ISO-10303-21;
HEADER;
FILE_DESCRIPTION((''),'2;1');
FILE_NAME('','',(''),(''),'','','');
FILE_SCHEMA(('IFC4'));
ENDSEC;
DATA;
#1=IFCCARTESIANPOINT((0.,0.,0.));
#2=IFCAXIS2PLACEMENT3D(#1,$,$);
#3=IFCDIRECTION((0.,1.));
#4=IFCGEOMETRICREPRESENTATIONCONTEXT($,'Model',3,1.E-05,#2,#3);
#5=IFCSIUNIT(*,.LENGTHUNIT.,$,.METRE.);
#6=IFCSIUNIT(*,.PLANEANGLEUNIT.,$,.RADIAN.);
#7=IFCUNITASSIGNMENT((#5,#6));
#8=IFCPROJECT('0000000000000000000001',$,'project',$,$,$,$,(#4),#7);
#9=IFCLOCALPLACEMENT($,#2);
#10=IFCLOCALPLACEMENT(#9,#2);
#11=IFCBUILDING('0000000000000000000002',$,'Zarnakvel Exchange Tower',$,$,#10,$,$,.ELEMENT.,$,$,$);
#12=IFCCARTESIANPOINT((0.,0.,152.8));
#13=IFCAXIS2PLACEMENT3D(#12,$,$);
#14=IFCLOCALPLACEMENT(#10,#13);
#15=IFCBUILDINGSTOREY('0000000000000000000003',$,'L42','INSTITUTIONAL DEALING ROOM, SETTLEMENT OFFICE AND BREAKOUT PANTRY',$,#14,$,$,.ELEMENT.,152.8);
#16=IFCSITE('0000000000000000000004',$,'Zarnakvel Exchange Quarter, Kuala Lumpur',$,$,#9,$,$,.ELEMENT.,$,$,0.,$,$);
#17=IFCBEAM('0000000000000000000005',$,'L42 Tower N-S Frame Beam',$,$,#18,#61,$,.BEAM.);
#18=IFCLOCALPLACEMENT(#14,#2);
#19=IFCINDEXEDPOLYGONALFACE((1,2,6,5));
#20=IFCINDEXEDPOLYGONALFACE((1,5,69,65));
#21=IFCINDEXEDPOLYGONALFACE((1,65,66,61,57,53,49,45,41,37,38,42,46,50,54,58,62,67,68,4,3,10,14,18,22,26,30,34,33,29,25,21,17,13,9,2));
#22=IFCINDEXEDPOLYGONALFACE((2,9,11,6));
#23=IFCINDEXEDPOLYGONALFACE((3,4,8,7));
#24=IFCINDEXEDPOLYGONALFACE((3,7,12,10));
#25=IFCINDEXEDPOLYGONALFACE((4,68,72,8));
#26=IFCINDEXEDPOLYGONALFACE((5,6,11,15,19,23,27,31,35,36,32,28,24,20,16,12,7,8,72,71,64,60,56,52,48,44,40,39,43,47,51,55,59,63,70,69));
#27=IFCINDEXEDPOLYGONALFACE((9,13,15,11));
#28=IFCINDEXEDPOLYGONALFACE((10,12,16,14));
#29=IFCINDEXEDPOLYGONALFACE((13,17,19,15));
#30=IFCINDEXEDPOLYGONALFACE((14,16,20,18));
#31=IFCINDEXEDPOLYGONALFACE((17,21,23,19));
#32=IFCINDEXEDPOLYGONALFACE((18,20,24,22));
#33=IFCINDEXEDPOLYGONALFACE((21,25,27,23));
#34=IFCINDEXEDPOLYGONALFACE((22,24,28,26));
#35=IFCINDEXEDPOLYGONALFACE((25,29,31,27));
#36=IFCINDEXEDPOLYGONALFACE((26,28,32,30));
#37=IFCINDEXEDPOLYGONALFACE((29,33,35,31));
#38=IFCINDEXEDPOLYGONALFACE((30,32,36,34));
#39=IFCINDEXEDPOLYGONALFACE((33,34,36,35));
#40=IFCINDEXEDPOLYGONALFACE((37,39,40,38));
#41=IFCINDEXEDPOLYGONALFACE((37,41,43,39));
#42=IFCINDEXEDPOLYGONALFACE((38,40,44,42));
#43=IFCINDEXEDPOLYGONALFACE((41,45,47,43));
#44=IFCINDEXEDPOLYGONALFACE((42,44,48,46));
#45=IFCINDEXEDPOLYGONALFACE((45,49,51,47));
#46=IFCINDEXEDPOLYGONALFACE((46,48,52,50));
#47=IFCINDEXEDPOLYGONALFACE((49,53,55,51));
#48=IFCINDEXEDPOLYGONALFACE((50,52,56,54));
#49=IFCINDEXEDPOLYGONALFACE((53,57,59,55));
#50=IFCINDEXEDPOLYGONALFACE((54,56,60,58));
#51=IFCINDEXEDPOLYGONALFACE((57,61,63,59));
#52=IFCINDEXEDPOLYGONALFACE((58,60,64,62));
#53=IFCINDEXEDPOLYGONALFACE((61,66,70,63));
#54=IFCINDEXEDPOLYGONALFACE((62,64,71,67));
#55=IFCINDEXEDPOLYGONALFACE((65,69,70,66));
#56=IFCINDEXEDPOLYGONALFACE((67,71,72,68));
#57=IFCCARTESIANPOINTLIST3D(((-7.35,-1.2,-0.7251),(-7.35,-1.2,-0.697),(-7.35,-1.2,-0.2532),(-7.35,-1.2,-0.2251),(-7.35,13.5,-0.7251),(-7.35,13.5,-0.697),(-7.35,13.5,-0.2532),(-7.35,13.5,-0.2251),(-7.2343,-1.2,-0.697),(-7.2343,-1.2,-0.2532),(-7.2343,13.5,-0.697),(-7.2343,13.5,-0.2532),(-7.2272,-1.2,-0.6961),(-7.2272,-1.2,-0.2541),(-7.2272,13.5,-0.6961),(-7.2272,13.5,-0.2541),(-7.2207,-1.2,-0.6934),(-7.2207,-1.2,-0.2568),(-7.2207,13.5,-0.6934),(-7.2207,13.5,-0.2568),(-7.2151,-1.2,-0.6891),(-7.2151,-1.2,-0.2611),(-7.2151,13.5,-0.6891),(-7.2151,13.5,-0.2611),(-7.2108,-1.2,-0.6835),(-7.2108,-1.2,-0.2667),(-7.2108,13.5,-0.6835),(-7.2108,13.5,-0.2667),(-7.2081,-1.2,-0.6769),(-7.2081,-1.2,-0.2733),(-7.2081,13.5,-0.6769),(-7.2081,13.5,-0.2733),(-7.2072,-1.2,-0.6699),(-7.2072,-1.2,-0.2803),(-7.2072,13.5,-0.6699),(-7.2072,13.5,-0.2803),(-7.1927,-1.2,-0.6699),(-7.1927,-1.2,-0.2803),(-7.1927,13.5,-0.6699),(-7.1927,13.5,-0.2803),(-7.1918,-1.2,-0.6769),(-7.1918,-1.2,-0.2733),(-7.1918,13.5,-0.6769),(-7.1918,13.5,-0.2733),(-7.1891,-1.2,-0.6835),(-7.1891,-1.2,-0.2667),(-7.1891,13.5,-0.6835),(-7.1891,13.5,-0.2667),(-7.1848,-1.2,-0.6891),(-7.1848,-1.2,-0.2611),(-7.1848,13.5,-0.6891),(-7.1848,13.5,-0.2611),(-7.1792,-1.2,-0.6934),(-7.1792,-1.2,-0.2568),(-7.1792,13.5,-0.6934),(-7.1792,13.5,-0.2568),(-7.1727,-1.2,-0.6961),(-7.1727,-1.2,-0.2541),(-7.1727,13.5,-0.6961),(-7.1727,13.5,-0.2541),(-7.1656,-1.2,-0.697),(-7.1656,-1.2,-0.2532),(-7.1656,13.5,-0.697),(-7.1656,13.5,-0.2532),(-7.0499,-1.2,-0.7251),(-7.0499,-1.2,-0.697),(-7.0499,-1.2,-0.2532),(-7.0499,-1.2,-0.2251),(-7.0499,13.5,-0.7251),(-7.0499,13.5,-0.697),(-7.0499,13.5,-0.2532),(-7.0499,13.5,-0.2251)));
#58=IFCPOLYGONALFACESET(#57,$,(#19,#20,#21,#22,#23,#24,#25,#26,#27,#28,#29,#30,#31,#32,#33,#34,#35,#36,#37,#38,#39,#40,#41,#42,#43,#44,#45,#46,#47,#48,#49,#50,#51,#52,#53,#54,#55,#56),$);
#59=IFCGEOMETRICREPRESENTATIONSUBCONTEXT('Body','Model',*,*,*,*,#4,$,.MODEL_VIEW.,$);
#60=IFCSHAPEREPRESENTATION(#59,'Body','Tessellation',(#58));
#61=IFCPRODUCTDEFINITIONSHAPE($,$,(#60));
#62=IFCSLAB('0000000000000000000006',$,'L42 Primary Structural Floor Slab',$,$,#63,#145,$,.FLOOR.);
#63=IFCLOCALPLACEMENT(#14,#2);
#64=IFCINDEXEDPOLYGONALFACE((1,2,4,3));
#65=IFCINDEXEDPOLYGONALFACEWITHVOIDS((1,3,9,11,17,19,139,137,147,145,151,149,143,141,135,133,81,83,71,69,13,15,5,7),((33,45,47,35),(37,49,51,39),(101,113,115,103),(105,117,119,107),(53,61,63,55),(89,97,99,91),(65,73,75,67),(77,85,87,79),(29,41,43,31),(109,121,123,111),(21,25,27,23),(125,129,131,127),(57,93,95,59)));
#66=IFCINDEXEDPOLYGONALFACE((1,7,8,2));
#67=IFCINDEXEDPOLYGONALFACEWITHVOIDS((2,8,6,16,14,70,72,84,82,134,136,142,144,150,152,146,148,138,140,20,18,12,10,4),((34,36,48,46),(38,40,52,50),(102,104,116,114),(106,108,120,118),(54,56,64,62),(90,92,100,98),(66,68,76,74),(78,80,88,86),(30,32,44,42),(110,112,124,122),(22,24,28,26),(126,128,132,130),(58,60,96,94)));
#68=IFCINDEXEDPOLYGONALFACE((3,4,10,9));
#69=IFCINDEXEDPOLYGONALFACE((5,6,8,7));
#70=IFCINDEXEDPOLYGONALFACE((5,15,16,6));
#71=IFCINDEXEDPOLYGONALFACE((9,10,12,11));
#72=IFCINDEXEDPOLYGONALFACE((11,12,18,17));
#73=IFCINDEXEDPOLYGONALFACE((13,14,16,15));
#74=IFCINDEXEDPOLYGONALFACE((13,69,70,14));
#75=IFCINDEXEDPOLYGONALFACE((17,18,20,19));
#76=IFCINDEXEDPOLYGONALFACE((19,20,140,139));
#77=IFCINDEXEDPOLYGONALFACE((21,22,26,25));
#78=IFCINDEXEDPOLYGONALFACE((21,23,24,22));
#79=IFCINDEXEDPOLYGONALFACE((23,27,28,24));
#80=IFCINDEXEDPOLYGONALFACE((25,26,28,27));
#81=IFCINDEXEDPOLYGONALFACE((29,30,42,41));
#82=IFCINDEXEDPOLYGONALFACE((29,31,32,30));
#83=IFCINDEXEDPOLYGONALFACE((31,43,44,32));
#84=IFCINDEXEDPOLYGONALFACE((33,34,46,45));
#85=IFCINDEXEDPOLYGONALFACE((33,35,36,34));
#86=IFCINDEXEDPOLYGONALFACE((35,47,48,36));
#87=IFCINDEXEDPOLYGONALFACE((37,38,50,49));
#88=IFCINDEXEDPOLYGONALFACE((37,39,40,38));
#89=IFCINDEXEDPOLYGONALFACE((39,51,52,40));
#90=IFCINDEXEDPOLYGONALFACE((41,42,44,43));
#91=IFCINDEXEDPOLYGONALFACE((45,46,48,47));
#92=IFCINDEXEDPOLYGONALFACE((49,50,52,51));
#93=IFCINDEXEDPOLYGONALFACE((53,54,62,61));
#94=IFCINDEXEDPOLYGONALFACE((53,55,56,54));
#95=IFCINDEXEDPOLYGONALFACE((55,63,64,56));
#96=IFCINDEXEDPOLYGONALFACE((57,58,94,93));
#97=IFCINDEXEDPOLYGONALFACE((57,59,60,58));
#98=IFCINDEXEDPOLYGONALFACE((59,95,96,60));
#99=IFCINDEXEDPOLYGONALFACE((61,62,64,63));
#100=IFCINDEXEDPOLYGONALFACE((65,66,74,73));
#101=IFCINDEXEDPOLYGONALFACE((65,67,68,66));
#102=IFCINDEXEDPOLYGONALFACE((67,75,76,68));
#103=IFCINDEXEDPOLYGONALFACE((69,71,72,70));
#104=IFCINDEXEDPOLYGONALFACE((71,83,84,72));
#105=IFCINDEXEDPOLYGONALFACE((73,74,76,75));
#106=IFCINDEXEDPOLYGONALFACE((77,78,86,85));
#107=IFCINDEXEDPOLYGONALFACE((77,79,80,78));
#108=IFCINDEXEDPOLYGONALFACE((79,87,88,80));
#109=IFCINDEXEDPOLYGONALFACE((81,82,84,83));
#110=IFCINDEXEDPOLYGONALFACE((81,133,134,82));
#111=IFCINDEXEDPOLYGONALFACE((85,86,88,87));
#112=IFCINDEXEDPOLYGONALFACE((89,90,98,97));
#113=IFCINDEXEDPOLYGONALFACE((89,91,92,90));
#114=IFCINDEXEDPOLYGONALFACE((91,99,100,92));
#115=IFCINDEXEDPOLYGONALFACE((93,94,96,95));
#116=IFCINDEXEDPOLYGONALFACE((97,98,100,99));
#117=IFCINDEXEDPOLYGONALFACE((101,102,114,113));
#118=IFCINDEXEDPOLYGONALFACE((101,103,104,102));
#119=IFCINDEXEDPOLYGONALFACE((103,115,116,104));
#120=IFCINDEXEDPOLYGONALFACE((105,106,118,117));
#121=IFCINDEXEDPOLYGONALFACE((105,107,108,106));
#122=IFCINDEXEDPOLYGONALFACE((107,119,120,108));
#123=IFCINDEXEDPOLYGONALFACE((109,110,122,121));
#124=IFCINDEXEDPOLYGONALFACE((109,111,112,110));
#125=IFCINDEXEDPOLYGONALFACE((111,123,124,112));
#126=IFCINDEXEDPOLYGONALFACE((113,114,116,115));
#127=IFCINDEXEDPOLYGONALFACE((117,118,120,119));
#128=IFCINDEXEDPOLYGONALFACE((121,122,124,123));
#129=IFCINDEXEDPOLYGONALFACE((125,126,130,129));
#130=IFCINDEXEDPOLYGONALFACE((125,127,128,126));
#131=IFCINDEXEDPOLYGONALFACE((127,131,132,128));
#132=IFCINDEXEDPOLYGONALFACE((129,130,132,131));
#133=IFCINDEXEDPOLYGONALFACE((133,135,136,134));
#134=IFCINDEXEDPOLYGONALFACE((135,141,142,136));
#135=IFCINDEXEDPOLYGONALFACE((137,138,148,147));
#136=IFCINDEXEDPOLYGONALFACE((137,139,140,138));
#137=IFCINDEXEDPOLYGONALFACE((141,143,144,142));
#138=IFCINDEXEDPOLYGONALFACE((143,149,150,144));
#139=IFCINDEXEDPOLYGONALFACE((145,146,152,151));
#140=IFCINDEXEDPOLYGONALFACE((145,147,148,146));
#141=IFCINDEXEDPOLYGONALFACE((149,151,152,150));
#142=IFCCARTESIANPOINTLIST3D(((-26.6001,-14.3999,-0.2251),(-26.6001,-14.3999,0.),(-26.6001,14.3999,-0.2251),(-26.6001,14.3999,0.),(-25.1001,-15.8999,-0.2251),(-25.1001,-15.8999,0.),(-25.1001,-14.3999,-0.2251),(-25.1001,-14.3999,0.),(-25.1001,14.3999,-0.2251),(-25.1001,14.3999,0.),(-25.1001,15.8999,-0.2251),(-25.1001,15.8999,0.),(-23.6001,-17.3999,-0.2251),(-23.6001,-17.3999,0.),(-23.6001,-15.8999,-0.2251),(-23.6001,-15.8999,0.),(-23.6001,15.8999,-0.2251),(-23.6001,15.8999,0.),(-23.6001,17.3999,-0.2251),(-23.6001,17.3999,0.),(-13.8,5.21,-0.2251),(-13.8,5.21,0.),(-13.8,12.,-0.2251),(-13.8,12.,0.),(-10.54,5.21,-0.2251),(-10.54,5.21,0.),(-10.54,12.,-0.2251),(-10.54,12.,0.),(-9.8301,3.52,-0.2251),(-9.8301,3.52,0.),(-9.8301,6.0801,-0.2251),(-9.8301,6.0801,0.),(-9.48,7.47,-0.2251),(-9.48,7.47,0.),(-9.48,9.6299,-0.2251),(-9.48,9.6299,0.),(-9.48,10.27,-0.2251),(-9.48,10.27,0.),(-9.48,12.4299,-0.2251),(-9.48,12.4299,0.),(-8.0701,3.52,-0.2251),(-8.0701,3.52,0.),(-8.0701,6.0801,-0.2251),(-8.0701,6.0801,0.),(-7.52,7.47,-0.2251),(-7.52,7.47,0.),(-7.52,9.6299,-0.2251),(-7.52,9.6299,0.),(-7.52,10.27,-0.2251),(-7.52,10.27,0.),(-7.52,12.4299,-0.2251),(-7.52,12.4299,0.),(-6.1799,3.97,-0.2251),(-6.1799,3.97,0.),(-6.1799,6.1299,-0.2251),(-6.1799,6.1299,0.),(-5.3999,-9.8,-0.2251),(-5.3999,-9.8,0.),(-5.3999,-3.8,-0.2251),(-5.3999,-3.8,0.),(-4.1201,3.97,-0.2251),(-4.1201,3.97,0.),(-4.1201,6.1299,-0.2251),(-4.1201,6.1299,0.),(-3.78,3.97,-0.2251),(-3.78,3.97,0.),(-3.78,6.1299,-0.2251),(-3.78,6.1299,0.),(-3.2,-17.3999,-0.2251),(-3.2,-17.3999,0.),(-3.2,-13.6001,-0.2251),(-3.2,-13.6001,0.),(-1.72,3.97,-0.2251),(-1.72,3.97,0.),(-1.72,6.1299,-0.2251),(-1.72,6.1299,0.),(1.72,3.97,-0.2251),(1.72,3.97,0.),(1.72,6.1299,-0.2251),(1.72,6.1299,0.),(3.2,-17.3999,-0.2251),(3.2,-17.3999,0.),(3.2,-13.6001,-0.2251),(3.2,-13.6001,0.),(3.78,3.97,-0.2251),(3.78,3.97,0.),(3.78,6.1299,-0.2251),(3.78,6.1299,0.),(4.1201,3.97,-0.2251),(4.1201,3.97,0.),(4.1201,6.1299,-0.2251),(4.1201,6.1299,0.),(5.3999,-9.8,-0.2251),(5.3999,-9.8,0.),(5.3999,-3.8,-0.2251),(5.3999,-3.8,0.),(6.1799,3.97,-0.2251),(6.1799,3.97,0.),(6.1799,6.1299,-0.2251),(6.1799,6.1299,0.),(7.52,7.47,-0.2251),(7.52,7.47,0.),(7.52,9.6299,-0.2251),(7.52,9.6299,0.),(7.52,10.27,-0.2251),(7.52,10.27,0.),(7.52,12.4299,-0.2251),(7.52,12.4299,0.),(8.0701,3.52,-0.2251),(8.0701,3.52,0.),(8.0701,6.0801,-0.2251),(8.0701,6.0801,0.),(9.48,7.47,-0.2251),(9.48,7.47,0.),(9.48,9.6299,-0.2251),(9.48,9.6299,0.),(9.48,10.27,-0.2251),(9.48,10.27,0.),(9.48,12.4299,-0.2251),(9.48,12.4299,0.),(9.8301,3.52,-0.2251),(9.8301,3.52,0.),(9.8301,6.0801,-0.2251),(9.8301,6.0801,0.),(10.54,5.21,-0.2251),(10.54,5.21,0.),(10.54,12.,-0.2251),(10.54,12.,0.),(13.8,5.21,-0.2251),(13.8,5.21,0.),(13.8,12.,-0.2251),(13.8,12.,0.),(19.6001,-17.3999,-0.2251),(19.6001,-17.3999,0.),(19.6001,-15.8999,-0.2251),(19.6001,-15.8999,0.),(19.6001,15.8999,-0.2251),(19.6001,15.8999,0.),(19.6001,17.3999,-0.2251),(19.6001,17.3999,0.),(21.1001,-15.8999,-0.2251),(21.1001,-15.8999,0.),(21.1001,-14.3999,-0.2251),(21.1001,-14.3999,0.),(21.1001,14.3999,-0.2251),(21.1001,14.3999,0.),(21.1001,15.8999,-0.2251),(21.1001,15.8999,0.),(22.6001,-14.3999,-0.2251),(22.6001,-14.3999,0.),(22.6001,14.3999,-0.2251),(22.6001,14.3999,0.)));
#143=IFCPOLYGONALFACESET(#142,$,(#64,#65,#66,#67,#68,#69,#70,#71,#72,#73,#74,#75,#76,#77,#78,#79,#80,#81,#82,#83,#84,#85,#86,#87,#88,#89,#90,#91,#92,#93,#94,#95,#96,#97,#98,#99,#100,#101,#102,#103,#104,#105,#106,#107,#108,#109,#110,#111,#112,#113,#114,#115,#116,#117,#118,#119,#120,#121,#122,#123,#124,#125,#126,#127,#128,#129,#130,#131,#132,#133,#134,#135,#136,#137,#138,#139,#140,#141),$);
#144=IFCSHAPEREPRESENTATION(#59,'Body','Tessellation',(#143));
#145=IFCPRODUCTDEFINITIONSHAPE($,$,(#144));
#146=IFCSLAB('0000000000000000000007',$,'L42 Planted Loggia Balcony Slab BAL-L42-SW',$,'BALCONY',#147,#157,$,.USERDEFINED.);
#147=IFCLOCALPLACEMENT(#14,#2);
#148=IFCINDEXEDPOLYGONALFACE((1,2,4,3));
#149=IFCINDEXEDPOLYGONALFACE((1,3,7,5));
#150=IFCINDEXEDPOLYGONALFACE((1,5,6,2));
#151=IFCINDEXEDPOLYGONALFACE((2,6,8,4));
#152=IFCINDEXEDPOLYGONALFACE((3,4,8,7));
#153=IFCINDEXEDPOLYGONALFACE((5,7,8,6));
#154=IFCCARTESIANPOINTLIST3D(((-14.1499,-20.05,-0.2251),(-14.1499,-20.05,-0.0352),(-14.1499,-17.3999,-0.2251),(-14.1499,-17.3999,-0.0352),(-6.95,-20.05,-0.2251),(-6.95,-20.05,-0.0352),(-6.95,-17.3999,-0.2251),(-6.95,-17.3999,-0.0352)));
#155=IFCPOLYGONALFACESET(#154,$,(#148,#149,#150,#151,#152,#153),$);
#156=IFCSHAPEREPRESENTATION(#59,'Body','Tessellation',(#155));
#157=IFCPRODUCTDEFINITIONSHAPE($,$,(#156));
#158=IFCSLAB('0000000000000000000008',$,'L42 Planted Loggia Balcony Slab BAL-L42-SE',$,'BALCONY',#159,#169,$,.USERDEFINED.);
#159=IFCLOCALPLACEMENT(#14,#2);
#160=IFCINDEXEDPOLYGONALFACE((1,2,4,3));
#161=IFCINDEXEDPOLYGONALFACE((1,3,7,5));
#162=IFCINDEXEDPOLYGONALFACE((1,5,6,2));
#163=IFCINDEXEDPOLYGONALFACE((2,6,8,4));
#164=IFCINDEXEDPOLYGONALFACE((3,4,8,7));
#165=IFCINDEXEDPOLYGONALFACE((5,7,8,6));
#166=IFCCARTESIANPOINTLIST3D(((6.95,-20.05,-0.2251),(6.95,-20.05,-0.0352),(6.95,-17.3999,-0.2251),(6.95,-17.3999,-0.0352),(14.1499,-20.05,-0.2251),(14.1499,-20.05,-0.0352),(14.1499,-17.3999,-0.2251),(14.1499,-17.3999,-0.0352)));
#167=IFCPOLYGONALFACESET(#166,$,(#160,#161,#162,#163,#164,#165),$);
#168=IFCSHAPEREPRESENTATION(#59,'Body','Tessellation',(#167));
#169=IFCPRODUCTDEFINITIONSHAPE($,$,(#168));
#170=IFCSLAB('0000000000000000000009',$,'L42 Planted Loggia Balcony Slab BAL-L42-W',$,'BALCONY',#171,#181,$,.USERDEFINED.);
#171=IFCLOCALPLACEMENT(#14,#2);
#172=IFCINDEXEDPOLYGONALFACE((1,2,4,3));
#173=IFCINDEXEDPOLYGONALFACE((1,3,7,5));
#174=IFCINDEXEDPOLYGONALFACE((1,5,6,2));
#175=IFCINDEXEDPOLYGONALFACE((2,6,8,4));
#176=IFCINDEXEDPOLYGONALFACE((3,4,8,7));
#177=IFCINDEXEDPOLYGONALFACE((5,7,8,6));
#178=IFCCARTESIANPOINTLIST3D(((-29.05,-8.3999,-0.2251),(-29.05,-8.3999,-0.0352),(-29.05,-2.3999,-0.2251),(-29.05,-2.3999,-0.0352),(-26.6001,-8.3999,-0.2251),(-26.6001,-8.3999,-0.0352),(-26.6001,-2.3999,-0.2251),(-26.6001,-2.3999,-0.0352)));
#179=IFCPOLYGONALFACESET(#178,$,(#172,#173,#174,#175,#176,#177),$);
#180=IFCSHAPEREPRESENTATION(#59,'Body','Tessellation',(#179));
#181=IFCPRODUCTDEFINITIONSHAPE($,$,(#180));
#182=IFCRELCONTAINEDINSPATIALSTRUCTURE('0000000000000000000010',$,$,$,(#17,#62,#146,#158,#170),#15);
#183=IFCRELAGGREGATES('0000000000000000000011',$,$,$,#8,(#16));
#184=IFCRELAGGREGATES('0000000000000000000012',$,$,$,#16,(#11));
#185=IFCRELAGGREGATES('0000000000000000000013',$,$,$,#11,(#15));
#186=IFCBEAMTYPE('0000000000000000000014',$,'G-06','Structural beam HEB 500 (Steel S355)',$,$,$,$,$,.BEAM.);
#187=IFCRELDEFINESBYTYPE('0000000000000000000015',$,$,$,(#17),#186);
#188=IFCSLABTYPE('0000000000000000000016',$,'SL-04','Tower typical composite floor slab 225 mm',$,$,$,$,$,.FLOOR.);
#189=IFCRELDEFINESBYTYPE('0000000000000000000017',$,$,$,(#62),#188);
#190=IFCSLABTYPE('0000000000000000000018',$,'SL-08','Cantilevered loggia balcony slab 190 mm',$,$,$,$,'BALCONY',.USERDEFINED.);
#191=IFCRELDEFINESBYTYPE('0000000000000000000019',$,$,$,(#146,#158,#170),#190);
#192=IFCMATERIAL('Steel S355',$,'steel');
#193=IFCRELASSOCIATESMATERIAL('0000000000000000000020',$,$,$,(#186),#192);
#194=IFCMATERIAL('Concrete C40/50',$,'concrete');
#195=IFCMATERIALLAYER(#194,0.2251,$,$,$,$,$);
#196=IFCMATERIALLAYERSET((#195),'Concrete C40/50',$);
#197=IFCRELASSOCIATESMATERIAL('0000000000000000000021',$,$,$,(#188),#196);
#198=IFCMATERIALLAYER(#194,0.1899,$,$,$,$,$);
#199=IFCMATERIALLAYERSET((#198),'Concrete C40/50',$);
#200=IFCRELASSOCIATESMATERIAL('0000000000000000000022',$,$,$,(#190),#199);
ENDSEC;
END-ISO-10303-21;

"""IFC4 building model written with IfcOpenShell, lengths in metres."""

from ifc_helpers import new_model, si_unit, direction, frame, origin, origin_2d, place, context, subcontext, project, spatial, polyline, i_section, outline, extrude, material, layer, layer_set, material_profile, profile_set, type_object, element, save


model = new_model("IFC4")

# Units and contexts
model_context = context("Model", 3, precision=1e-05, world=origin(), true_north=direction((0.0, 1.0)))
body_context = subcontext(model_context, "Body", "Model", "MODEL_VIEW")
ifc_project = project(units=[si_unit("LENGTHUNIT", "METRE"), si_unit("PLANEANGLEUNIT", "RADIAN")], contexts=[model_context])

# Site, building, storey
site_placement = place(None, origin())
site = spatial("IfcSite", under=ifc_project, at=site_placement, Name="Zarnakvel Exchange Quarter, Kuala Lumpur", CompositionType="ELEMENT", RefElevation=0.0)
building_placement = place(site_placement, origin())
building = spatial("IfcBuilding", under=site, at=building_placement, Name="Zarnakvel Exchange Tower", CompositionType="ELEMENT")
storey_placement = place(building_placement, frame((0.0, 0.0, 152.8)))
storey = spatial("IfcBuildingStorey", under=building, at=storey_placement, Name="L42", Description="INSTITUTIONAL DEALING ROOM, SETTLEMENT OFFICE AND BREAKOUT PANTRY", CompositionType="ELEMENT", Elevation=152.8)

# Beam
ifc_material_1 = material(Name="Steel S355", Category="steel")
ifc_material_profile_1 = material_profile(ifc_material_1, i_section(OverallWidth=0.3, OverallDepth=0.5, WebThickness=0.0144, FlangeThickness=0.0281, FilletRadius=0.0271, at=origin_2d()))
ifc_profile_set_1 = profile_set([ifc_material_profile_1], Name="Steel S355")
beam_type_1 = type_object("IfcBeamType", Name="G-06", Description="Structural beam HEB 500 (Steel S355)", PredefinedType="BEAM", material=ifc_profile_set_1)
beam_1_placement = place(storey_placement, frame((-7.2, -1.2, -0.4751), z_axis=(0.0, 1.0, 0.0), x_axis=(-1.0, 0.0, 0.0)))
element("IfcBeam", 1, at=beam_1_placement, inside=storey, type_object=beam_type_1, Name="L42 Tower N-S Frame Beam", PredefinedType="BEAM", context=body_context, shape_type="SweptSolid", body=[
    extrude(i_section(OverallWidth=0.3, OverallDepth=0.5, WebThickness=0.0144, FlangeThickness=0.0281, FilletRadius=0.0271, at=origin_2d()), origin(), (0.0, 0.0, 1.0), 14.7),
])

# Slabs
ifc_material_2 = material(Name="Concrete C40/50", Category="concrete")
ifc_layer_1 = layer(ifc_material_2, 0.2251)
ifc_layer_set_1 = layer_set([ifc_layer_1], Name="Concrete C40/50")
slab_type_1 = type_object("IfcSlabType", Name="SL-04", Description="Tower typical composite floor slab 225 mm", PredefinedType="FLOOR", material=ifc_layer_set_1)
slab_1_placement = place(storey_placement, frame((0.0, 0.0, -0.2251)))
element("IfcSlab", 2, at=slab_1_placement, inside=storey, type_object=slab_type_1, Name="L42 Primary Structural Floor Slab", PredefinedType="FLOOR", context=body_context, shape_type="SweptSolid", body=[
    extrude(outline(polyline([(-26.6001, -14.3999), (-25.1001, -14.3999), (-25.1001, -15.8999), (-23.6001, -15.8999), (-23.6001, -17.3999), (-3.2, -17.3999), (-3.2, -13.6001), (3.2, -13.6001), (3.2, -17.3999), (19.6001, -17.3999), (19.6001, -15.8999), (21.1001, -15.8999), (21.1001, -14.3999), (22.6001, -14.3999), (22.6001, 14.3999), (21.1001, 14.3999), (21.1001, 15.8999), (19.6001, 15.8999), (19.6001, 17.3999), (-23.6001, 17.3999), (-23.6001, 15.8999), (-25.1001, 15.8999), (-25.1001, 14.3999), (-26.6001, 14.3999), (-26.6001, -14.3999)]), holes=[polyline([(-5.3999, -9.8), (5.3999, -9.8), (5.3999, -3.8), (-5.3999, -3.8), (-5.3999, -9.8)]), polyline([(-13.8, 5.21), (-10.54, 5.21), (-10.54, 12.0), (-13.8, 12.0), (-13.8, 5.21)]), polyline([(10.54, 5.21), (13.8, 5.21), (13.8, 12.0), (10.54, 12.0), (10.54, 5.21)]), polyline([(-9.8301, 3.52), (-8.0701, 3.52), (-8.0701, 6.0801), (-9.8301, 6.0801), (-9.8301, 3.52)]), polyline([(8.0701, 3.52), (9.8301, 3.52), (9.8301, 6.0801), (8.0701, 6.0801), (8.0701, 3.52)]), polyline([(-6.1799, 3.97), (-4.1201, 3.97), (-4.1201, 6.1299), (-6.1799, 6.1299), (-6.1799, 3.97)]), polyline([(-3.78, 3.97), (-1.72, 3.97), (-1.72, 6.1299), (-3.78, 6.1299), (-3.78, 3.97)]), polyline([(1.72, 3.97), (3.78, 3.97), (3.78, 6.1299), (1.72, 6.1299), (1.72, 3.97)]), polyline([(4.1201, 3.97), (6.1799, 3.97), (6.1799, 6.1299), (4.1201, 6.1299), (4.1201, 3.97)]), polyline([(-9.48, 7.47), (-7.52, 7.47), (-7.52, 9.6299), (-9.48, 9.6299), (-9.48, 7.47)]), polyline([(-9.48, 10.27), (-7.52, 10.27), (-7.52, 12.4299), (-9.48, 12.4299), (-9.48, 10.27)]), polyline([(7.52, 7.47), (9.48, 7.47), (9.48, 9.6299), (7.52, 9.6299), (7.52, 7.47)]), polyline([(7.52, 10.27), (9.48, 10.27), (9.48, 12.4299), (7.52, 12.4299), (7.52, 10.27)])]), origin(), (0.0, 0.0, 1.0), 0.2251),
])
ifc_layer_2 = layer(ifc_material_2, 0.1899)
ifc_layer_set_2 = layer_set([ifc_layer_2], Name="Concrete C40/50")
slab_type_2 = type_object("IfcSlabType", Name="SL-08", Description="Cantilevered loggia balcony slab 190 mm", ElementType="BALCONY", PredefinedType="USERDEFINED", material=ifc_layer_set_2)
slab_2_placement = place(storey_placement, frame((0.0, 0.0, -0.2251)))
element("IfcSlab", 3, at=slab_2_placement, inside=storey, type_object=slab_type_2, Name="L42 Planted Loggia Balcony Slab BAL-L42-SW", ObjectType="BALCONY", PredefinedType="USERDEFINED", context=body_context, shape_type="SweptSolid", body=[
    extrude(outline(polyline([(-14.1499, -20.05), (-6.95, -20.05), (-6.95, -17.3999), (-14.1499, -17.3999), (-14.1499, -20.05)])), origin(), (0.0, 0.0, 1.0), 0.1899),
])
slab_3_placement = place(storey_placement, frame((0.0, 0.0, -0.2251)))
element("IfcSlab", 4, at=slab_3_placement, inside=storey, type_object=slab_type_2, Name="L42 Planted Loggia Balcony Slab BAL-L42-SE", ObjectType="BALCONY", PredefinedType="USERDEFINED", context=body_context, shape_type="SweptSolid", body=[
    extrude(outline(polyline([(6.95, -20.05), (14.1499, -20.05), (14.1499, -17.3999), (6.95, -17.3999), (6.95, -20.05)])), origin(), (0.0, 0.0, 1.0), 0.1899),
])
slab_4_placement = place(storey_placement, frame((0.0, 0.0, -0.2251)))
element("IfcSlab", 5, at=slab_4_placement, inside=storey, type_object=slab_type_2, Name="L42 Planted Loggia Balcony Slab BAL-L42-W", ObjectType="BALCONY", PredefinedType="USERDEFINED", context=body_context, shape_type="SweptSolid", body=[
    extrude(outline(polyline([(-29.05, -8.3999), (-26.6001, -8.3999), (-26.6001, -2.3999), (-29.05, -2.3999), (-29.05, -8.3999)])), origin(), (0.0, 0.0, 1.0), 0.1899),
])

save(model, "model.ifc")
